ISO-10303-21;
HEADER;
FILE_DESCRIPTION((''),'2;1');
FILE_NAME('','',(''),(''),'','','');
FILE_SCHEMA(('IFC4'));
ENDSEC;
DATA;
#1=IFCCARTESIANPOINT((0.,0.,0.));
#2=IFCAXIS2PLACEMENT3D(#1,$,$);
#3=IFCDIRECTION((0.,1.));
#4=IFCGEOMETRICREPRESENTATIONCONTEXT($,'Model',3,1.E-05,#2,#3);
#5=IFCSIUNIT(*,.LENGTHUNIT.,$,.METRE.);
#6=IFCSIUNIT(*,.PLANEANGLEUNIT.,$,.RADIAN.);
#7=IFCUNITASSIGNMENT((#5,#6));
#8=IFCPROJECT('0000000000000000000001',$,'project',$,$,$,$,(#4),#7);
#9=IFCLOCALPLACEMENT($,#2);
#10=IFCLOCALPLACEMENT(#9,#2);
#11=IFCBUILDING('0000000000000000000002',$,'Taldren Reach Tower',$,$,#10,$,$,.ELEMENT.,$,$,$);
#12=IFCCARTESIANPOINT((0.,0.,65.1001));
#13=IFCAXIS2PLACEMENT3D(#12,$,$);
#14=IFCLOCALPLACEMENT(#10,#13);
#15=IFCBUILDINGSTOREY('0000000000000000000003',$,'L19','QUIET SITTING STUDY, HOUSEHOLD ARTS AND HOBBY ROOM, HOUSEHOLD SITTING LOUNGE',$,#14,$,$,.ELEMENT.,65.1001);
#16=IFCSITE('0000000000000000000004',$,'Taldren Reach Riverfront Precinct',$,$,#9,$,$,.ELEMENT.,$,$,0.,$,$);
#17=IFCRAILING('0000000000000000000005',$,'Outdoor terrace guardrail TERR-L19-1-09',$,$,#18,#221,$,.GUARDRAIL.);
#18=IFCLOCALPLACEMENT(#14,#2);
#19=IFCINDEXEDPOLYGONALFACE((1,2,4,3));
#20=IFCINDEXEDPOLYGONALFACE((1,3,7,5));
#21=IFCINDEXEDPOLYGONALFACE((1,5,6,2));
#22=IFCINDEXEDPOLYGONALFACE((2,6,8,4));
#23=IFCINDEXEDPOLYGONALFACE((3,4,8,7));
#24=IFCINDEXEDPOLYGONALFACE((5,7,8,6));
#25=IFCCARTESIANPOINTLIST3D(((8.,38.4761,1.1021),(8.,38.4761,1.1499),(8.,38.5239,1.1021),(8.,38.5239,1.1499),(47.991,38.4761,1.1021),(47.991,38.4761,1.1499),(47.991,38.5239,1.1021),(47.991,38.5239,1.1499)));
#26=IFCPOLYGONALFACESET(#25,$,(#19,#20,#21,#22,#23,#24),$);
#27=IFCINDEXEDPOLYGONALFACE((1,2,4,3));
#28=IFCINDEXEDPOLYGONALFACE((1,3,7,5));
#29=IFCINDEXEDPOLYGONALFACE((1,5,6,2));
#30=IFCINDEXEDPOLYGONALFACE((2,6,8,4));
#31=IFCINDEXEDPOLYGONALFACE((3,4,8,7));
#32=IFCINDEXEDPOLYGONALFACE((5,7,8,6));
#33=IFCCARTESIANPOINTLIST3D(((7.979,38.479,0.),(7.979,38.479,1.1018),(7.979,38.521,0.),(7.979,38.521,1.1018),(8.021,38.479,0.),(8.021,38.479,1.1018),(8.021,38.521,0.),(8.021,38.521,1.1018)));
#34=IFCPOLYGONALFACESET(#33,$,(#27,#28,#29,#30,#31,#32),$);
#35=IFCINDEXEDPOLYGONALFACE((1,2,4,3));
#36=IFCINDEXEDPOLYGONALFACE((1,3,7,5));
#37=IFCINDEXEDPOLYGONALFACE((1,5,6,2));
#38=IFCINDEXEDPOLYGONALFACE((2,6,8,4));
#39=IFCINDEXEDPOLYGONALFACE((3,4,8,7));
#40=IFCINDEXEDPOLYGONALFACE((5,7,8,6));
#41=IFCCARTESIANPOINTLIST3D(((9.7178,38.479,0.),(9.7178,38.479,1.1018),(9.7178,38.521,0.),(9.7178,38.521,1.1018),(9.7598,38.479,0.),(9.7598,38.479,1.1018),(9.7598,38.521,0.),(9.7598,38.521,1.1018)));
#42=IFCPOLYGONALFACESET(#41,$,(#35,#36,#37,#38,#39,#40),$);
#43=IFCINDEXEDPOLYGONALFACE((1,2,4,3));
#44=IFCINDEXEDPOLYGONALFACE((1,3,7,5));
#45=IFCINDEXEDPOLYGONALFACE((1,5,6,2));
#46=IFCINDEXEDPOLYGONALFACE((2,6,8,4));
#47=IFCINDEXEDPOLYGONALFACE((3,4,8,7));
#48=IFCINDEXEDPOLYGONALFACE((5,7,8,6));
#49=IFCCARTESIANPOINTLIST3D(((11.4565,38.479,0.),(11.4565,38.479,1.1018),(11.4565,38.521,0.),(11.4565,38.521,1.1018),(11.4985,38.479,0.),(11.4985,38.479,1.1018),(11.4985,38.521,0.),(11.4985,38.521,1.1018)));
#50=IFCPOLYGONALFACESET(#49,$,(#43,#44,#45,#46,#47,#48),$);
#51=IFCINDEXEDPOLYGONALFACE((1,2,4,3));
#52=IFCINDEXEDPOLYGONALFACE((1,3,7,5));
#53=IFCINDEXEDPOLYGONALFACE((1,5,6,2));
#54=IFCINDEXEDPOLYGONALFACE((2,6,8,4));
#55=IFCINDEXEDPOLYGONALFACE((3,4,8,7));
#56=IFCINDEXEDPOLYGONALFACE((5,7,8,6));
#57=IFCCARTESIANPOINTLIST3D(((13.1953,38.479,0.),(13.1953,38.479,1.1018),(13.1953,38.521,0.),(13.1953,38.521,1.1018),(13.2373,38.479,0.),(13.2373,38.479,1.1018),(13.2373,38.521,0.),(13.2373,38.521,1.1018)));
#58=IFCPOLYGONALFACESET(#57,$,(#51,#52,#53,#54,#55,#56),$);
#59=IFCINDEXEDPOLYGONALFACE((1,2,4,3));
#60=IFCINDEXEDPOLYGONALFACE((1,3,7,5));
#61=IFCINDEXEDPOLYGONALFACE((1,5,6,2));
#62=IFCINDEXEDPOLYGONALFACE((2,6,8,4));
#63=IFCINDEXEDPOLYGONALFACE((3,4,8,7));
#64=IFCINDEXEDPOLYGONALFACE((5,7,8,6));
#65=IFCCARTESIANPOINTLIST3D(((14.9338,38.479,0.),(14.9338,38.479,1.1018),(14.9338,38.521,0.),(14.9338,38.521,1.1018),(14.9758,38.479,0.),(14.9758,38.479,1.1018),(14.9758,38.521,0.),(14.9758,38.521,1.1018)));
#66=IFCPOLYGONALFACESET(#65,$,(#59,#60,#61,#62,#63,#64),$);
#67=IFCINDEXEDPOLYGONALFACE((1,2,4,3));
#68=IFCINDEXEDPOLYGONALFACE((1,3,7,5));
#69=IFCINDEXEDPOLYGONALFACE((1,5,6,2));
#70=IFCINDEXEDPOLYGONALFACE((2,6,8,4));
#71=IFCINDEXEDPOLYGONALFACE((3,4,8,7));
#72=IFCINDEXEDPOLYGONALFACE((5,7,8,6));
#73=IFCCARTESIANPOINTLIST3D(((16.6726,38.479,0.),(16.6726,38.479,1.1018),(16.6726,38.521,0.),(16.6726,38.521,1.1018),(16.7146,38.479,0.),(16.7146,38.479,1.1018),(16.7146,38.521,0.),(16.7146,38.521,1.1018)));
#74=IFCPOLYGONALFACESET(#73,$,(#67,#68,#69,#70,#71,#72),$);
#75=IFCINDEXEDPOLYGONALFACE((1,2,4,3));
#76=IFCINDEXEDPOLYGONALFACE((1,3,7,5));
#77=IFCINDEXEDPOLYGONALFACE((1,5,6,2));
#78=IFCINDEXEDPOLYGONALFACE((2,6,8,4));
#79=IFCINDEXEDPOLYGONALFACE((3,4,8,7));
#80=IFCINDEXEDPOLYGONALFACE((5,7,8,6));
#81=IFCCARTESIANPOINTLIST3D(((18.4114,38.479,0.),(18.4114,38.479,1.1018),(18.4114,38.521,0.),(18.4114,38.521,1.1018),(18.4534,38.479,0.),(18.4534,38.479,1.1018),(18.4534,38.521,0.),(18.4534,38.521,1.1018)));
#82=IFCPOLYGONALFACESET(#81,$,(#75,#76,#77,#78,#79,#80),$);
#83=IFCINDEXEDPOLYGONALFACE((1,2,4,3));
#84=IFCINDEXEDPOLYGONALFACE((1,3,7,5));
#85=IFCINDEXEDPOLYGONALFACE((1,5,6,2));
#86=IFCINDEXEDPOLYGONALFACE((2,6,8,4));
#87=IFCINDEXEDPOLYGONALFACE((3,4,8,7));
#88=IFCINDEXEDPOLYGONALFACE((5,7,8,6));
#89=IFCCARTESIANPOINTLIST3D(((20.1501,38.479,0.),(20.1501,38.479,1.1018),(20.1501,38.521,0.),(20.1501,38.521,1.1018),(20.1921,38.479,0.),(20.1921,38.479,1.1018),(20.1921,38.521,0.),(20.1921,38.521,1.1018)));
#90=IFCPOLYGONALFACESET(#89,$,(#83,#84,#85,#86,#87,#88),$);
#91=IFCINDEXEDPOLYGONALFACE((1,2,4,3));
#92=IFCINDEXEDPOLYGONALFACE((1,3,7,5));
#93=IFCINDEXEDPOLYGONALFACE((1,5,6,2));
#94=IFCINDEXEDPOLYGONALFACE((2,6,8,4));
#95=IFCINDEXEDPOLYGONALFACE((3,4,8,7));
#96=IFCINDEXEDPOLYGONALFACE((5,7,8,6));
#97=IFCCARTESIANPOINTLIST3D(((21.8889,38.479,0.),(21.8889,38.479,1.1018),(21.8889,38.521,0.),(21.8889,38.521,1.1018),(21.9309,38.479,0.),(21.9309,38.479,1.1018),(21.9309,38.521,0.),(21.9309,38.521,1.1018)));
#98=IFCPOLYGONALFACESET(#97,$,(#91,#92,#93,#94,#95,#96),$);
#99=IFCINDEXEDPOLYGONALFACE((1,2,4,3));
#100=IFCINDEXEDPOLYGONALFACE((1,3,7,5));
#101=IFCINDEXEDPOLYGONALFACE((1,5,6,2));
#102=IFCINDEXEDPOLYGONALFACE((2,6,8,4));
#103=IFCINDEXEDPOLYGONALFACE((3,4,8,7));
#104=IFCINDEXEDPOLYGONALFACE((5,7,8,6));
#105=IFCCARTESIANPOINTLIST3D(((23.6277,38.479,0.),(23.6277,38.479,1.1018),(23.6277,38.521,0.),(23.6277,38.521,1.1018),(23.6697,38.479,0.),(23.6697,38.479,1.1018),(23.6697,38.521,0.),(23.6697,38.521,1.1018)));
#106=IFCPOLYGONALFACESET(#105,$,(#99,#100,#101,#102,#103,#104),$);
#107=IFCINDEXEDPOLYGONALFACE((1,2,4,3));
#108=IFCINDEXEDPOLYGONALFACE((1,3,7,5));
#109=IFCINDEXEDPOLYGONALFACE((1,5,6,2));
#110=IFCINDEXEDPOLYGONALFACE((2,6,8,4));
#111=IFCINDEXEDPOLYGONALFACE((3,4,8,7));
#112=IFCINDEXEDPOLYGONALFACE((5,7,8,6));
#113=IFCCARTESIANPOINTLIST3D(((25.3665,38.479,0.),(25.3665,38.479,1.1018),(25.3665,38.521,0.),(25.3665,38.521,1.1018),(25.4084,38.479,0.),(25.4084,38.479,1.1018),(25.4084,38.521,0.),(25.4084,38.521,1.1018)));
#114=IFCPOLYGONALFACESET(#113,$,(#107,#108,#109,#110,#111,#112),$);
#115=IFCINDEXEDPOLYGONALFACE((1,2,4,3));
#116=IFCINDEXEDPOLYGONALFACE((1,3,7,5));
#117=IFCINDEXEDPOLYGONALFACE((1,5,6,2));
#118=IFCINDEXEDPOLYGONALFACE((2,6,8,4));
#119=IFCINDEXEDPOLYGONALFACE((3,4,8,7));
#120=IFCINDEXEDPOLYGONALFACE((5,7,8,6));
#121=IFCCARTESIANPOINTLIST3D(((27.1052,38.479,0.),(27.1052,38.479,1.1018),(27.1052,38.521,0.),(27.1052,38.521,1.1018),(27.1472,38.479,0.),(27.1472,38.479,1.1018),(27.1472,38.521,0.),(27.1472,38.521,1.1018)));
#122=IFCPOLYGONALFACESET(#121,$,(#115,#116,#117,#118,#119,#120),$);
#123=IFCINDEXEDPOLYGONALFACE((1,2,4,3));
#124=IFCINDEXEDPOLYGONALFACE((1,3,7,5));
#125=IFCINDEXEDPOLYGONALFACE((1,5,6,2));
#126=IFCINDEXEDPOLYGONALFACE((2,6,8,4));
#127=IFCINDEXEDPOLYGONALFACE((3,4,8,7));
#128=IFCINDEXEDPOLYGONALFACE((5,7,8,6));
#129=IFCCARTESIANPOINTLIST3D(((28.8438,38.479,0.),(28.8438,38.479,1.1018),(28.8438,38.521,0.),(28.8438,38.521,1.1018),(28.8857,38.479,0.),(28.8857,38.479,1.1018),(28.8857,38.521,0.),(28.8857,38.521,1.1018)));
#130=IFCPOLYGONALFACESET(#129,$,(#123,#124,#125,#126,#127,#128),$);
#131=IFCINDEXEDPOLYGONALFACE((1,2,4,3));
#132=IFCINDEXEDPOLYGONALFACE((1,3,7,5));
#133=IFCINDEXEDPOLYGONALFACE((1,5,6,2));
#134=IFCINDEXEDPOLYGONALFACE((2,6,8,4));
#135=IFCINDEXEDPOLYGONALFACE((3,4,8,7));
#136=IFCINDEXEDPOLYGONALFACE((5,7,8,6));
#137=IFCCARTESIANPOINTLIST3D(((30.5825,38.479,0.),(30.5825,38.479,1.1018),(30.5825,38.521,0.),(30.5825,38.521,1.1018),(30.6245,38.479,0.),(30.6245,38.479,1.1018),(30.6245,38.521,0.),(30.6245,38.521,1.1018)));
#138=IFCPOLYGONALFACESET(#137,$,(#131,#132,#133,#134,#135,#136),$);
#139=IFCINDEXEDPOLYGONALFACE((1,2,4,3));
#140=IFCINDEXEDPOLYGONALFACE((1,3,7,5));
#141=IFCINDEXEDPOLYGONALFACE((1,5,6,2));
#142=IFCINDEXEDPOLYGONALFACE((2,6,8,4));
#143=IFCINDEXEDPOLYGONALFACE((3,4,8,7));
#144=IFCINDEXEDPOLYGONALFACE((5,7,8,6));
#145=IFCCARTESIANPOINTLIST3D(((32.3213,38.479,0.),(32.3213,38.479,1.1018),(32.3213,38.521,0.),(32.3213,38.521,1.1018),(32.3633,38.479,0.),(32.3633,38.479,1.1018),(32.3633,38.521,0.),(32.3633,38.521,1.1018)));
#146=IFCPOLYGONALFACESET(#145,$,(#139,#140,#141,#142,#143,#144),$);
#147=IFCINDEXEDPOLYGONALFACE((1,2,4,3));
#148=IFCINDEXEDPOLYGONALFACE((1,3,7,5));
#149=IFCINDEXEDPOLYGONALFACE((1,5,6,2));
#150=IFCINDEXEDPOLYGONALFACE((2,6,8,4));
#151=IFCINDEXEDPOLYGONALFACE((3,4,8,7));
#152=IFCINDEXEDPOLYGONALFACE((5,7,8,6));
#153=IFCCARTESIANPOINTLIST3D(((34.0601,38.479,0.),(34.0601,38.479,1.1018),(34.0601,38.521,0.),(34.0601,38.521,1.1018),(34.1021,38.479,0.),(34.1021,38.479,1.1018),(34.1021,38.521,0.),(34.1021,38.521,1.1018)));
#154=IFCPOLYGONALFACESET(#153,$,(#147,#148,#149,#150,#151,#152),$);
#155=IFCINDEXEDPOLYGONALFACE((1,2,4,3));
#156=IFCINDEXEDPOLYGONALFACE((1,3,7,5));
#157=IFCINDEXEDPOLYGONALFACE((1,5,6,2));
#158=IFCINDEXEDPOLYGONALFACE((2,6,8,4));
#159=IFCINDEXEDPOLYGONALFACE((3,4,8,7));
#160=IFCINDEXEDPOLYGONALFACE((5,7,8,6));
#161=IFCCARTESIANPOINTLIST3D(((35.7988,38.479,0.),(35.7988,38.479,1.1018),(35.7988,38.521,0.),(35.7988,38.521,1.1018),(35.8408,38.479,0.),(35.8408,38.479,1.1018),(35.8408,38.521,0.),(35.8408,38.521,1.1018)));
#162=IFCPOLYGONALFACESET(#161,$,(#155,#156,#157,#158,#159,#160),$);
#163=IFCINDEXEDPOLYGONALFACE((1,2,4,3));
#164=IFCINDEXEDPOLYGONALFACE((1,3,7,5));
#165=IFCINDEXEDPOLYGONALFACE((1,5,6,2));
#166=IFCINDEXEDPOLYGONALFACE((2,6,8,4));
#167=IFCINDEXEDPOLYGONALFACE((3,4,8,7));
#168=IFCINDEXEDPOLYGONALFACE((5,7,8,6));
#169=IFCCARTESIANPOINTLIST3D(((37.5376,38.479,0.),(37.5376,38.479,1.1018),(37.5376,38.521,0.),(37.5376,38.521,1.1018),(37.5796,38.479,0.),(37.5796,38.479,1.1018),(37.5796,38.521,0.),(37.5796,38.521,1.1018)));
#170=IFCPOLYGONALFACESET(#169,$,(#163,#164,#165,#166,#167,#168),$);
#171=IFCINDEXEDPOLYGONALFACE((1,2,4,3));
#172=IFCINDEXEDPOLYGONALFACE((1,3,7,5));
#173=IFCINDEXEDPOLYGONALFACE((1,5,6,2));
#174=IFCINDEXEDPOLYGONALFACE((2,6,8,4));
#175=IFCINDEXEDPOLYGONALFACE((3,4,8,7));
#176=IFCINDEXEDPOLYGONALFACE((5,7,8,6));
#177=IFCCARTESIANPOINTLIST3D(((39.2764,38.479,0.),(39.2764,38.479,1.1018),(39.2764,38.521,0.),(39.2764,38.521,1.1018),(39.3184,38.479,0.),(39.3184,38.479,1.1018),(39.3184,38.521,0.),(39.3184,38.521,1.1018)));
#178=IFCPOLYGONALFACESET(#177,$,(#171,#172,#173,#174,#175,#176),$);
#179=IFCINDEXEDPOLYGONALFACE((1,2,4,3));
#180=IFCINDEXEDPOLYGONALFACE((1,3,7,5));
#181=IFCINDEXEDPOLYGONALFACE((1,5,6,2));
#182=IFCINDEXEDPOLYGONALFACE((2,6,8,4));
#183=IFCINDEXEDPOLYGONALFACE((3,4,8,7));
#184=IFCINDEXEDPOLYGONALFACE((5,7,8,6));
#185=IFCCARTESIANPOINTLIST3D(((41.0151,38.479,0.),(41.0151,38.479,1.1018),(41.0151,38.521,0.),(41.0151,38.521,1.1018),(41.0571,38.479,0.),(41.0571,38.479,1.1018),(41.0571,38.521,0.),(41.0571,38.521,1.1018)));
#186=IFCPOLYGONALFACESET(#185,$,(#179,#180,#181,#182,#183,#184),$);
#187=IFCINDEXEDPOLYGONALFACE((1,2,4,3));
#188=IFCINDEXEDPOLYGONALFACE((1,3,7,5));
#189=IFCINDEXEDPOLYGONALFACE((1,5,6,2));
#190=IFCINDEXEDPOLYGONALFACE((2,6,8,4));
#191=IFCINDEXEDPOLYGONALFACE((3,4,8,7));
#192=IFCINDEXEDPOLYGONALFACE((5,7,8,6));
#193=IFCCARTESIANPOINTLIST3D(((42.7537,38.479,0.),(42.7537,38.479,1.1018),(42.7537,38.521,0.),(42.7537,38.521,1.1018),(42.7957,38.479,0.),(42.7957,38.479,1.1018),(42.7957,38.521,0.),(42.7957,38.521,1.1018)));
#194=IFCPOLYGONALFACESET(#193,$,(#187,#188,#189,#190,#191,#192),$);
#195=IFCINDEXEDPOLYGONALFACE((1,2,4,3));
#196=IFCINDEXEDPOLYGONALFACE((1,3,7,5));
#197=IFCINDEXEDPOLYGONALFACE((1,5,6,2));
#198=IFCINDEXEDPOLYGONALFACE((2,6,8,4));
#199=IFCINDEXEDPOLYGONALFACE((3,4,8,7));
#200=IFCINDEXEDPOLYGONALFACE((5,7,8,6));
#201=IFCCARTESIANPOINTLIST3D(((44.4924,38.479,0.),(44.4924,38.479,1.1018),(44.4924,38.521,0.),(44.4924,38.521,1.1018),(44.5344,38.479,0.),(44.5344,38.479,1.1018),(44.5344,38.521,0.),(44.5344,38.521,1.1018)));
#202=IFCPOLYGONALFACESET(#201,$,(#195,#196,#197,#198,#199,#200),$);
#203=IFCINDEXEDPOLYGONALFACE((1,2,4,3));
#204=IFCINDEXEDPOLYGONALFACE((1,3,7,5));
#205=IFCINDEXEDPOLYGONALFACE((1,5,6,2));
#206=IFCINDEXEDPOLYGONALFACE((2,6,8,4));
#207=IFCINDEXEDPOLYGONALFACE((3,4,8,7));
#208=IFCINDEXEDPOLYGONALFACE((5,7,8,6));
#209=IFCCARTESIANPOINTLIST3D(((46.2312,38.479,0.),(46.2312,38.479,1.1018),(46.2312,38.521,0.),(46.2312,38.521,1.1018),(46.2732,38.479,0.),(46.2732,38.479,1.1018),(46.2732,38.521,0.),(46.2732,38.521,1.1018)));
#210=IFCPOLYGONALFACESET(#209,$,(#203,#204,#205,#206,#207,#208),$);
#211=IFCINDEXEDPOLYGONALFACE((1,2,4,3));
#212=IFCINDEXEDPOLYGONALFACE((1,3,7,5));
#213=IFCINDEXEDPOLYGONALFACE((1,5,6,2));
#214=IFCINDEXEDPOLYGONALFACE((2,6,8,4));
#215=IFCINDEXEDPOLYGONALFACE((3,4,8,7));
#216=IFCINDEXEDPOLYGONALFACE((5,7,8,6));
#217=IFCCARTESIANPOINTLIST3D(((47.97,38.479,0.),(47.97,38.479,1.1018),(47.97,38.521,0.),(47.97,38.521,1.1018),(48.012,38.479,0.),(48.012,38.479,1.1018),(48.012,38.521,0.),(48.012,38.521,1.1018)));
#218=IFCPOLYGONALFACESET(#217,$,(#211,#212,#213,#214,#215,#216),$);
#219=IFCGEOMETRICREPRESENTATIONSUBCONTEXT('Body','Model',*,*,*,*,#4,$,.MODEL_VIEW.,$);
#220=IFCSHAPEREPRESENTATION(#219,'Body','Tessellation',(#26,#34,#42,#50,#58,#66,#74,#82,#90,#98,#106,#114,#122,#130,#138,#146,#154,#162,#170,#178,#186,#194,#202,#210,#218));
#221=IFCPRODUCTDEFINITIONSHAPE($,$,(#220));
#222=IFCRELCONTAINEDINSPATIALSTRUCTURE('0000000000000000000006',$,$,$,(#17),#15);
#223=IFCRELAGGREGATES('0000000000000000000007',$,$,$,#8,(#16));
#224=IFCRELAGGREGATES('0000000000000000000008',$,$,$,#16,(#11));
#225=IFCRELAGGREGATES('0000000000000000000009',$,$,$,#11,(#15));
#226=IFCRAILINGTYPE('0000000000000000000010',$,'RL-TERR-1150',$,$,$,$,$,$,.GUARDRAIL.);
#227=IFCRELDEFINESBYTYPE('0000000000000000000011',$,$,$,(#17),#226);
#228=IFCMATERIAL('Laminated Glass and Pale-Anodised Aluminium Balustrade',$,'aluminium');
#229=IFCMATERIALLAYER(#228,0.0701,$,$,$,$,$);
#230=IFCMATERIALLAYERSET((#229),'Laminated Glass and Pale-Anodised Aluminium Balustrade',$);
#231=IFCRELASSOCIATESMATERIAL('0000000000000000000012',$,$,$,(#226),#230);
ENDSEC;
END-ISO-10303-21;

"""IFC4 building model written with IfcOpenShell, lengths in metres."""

from ifc_helpers import new_model, si_unit, direction, frame, origin, origin_2d, place, context, subcontext, project, spatial, rectangle, extrude, material, layer, layer_set, type_object, element, save


model = new_model("IFC4")

# Units and contexts
model_context = context("Model", 3, precision=1e-05, world=origin(), true_north=direction((0.0, 1.0)))
body_context = subcontext(model_context, "Body", "Model", "MODEL_VIEW")
ifc_project = project(units=[si_unit("LENGTHUNIT", "METRE"), si_unit("PLANEANGLEUNIT", "RADIAN")], contexts=[model_context])

# Site, building, storey
site_placement = place(None, origin())
site = spatial("IfcSite", under=ifc_project, at=site_placement, Name="Taldren Reach Riverfront Precinct", CompositionType="ELEMENT", RefElevation=0.0)
building_placement = place(site_placement, origin())
building = spatial("IfcBuilding", under=site, at=building_placement, Name="Taldren Reach Tower", CompositionType="ELEMENT")
storey_placement = place(building_placement, frame((0.0, 0.0, 65.1001)))
storey = spatial("IfcBuildingStorey", under=building, at=storey_placement, Name="L19", Description="QUIET SITTING STUDY, HOUSEHOLD ARTS AND HOBBY ROOM, HOUSEHOLD SITTING LOUNGE", CompositionType="ELEMENT", Elevation=65.1001)

# Railing
ifc_material_1 = material(Name="Laminated Glass and Pale-Anodised Aluminium Balustrade", Category="aluminium")
ifc_layer_1 = layer(ifc_material_1, 0.0701)
ifc_layer_set_1 = layer_set([ifc_layer_1], Name="Laminated Glass and Pale-Anodised Aluminium Balustrade")
railing_type = type_object("IfcRailingType", Name="RL-TERR-1150", PredefinedType="GUARDRAIL", material=ifc_layer_set_1)
railing_1_placement = place(storey_placement, frame((8.0, 38.5, 0.0)))
element("IfcRailing", 1, at=railing_1_placement, inside=storey, type_object=railing_type, Name="Outdoor terrace guardrail TERR-L19-1-09", PredefinedType="GUARDRAIL", context=body_context, shape_type="SweptSolid", body=[
    extrude(rectangle(XDim=0.0479, YDim=0.0479, at=origin_2d()), frame((0.0, 0.0, 1.126), z_axis=(1.0, 0.0, 0.0), x_axis=(0.0, 1.0, 0.0)), (0.0, 0.0, 1.0), 39.991),
    extrude(rectangle(XDim=0.042, YDim=0.042, at=origin_2d()), origin(), (0.0, 0.0, 1.0), 1.1018),
    extrude(rectangle(XDim=0.042, YDim=0.042, at=origin_2d()), frame((1.7388, 0.0, 0.0)), (0.0, 0.0, 1.0), 1.1018),
    extrude(rectangle(XDim=0.042, YDim=0.042, at=origin_2d()), frame((3.4775, 0.0, 0.0)), (0.0, 0.0, 1.0), 1.1018),
    extrude(rectangle(XDim=0.042, YDim=0.042, at=origin_2d()), frame((5.2163, 0.0, 0.0)), (0.0, 0.0, 1.0), 1.1018),
    extrude(rectangle(XDim=0.042, YDim=0.042, at=origin_2d()), frame((6.9548, 0.0, 0.0)), (0.0, 0.0, 1.0), 1.1018),
    extrude(rectangle(XDim=0.042, YDim=0.042, at=origin_2d()), frame((8.6936, 0.0, 0.0)), (0.0, 0.0, 1.0), 1.1018),
    extrude(rectangle(XDim=0.042, YDim=0.042, at=origin_2d()), frame((10.4324, 0.0, 0.0)), (0.0, 0.0, 1.0), 1.1018),
    extrude(rectangle(XDim=0.042, YDim=0.042, at=origin_2d()), frame((12.1711, 0.0, 0.0)), (0.0, 0.0, 1.0), 1.1018),
    extrude(rectangle(XDim=0.042, YDim=0.042, at=origin_2d()), frame((13.9099, 0.0, 0.0)), (0.0, 0.0, 1.0), 1.1018),
    extrude(rectangle(XDim=0.042, YDim=0.042, at=origin_2d()), frame((15.6487, 0.0, 0.0)), (0.0, 0.0, 1.0), 1.1018),
    extrude(rectangle(XDim=0.042, YDim=0.042, at=origin_2d()), frame((17.3875, 0.0, 0.0)), (0.0, 0.0, 1.0), 1.1018),
    extrude(rectangle(XDim=0.042, YDim=0.042, at=origin_2d()), frame((19.1262, 0.0, 0.0)), (0.0, 0.0, 1.0), 1.1018),
    extrude(rectangle(XDim=0.042, YDim=0.042, at=origin_2d()), frame((20.8647, 0.0, 0.0)), (0.0, 0.0, 1.0), 1.1018),
    extrude(rectangle(XDim=0.042, YDim=0.042, at=origin_2d()), frame((22.6035, 0.0, 0.0)), (0.0, 0.0, 1.0), 1.1018),
    extrude(rectangle(XDim=0.042, YDim=0.042, at=origin_2d()), frame((24.3423, 0.0, 0.0)), (0.0, 0.0, 1.0), 1.1018),
    extrude(rectangle(XDim=0.042, YDim=0.042, at=origin_2d()), frame((26.0811, 0.0, 0.0)), (0.0, 0.0, 1.0), 1.1018),
    extrude(rectangle(XDim=0.042, YDim=0.042, at=origin_2d()), frame((27.8198, 0.0, 0.0)), (0.0, 0.0, 1.0), 1.1018),
    extrude(rectangle(XDim=0.042, YDim=0.042, at=origin_2d()), frame((29.5586, 0.0, 0.0)), (0.0, 0.0, 1.0), 1.1018),
    extrude(rectangle(XDim=0.042, YDim=0.042, at=origin_2d()), frame((31.2974, 0.0, 0.0)), (0.0, 0.0, 1.0), 1.1018),
    extrude(rectangle(XDim=0.042, YDim=0.042, at=origin_2d()), frame((33.0361, 0.0, 0.0)), (0.0, 0.0, 1.0), 1.1018),
    extrude(rectangle(XDim=0.042, YDim=0.042, at=origin_2d()), frame((34.7747, 0.0, 0.0)), (0.0, 0.0, 1.0), 1.1018),
    extrude(rectangle(XDim=0.042, YDim=0.042, at=origin_2d()), frame((36.5134, 0.0, 0.0)), (0.0, 0.0, 1.0), 1.1018),
    extrude(rectangle(XDim=0.042, YDim=0.042, at=origin_2d()), frame((38.2522, 0.0, 0.0)), (0.0, 0.0, 1.0), 1.1018),
    extrude(rectangle(XDim=0.042, YDim=0.042, at=origin_2d()), frame((39.991, 0.0, 0.0)), (0.0, 0.0, 1.0), 1.1018),
])

save(model, "model.ifc")
